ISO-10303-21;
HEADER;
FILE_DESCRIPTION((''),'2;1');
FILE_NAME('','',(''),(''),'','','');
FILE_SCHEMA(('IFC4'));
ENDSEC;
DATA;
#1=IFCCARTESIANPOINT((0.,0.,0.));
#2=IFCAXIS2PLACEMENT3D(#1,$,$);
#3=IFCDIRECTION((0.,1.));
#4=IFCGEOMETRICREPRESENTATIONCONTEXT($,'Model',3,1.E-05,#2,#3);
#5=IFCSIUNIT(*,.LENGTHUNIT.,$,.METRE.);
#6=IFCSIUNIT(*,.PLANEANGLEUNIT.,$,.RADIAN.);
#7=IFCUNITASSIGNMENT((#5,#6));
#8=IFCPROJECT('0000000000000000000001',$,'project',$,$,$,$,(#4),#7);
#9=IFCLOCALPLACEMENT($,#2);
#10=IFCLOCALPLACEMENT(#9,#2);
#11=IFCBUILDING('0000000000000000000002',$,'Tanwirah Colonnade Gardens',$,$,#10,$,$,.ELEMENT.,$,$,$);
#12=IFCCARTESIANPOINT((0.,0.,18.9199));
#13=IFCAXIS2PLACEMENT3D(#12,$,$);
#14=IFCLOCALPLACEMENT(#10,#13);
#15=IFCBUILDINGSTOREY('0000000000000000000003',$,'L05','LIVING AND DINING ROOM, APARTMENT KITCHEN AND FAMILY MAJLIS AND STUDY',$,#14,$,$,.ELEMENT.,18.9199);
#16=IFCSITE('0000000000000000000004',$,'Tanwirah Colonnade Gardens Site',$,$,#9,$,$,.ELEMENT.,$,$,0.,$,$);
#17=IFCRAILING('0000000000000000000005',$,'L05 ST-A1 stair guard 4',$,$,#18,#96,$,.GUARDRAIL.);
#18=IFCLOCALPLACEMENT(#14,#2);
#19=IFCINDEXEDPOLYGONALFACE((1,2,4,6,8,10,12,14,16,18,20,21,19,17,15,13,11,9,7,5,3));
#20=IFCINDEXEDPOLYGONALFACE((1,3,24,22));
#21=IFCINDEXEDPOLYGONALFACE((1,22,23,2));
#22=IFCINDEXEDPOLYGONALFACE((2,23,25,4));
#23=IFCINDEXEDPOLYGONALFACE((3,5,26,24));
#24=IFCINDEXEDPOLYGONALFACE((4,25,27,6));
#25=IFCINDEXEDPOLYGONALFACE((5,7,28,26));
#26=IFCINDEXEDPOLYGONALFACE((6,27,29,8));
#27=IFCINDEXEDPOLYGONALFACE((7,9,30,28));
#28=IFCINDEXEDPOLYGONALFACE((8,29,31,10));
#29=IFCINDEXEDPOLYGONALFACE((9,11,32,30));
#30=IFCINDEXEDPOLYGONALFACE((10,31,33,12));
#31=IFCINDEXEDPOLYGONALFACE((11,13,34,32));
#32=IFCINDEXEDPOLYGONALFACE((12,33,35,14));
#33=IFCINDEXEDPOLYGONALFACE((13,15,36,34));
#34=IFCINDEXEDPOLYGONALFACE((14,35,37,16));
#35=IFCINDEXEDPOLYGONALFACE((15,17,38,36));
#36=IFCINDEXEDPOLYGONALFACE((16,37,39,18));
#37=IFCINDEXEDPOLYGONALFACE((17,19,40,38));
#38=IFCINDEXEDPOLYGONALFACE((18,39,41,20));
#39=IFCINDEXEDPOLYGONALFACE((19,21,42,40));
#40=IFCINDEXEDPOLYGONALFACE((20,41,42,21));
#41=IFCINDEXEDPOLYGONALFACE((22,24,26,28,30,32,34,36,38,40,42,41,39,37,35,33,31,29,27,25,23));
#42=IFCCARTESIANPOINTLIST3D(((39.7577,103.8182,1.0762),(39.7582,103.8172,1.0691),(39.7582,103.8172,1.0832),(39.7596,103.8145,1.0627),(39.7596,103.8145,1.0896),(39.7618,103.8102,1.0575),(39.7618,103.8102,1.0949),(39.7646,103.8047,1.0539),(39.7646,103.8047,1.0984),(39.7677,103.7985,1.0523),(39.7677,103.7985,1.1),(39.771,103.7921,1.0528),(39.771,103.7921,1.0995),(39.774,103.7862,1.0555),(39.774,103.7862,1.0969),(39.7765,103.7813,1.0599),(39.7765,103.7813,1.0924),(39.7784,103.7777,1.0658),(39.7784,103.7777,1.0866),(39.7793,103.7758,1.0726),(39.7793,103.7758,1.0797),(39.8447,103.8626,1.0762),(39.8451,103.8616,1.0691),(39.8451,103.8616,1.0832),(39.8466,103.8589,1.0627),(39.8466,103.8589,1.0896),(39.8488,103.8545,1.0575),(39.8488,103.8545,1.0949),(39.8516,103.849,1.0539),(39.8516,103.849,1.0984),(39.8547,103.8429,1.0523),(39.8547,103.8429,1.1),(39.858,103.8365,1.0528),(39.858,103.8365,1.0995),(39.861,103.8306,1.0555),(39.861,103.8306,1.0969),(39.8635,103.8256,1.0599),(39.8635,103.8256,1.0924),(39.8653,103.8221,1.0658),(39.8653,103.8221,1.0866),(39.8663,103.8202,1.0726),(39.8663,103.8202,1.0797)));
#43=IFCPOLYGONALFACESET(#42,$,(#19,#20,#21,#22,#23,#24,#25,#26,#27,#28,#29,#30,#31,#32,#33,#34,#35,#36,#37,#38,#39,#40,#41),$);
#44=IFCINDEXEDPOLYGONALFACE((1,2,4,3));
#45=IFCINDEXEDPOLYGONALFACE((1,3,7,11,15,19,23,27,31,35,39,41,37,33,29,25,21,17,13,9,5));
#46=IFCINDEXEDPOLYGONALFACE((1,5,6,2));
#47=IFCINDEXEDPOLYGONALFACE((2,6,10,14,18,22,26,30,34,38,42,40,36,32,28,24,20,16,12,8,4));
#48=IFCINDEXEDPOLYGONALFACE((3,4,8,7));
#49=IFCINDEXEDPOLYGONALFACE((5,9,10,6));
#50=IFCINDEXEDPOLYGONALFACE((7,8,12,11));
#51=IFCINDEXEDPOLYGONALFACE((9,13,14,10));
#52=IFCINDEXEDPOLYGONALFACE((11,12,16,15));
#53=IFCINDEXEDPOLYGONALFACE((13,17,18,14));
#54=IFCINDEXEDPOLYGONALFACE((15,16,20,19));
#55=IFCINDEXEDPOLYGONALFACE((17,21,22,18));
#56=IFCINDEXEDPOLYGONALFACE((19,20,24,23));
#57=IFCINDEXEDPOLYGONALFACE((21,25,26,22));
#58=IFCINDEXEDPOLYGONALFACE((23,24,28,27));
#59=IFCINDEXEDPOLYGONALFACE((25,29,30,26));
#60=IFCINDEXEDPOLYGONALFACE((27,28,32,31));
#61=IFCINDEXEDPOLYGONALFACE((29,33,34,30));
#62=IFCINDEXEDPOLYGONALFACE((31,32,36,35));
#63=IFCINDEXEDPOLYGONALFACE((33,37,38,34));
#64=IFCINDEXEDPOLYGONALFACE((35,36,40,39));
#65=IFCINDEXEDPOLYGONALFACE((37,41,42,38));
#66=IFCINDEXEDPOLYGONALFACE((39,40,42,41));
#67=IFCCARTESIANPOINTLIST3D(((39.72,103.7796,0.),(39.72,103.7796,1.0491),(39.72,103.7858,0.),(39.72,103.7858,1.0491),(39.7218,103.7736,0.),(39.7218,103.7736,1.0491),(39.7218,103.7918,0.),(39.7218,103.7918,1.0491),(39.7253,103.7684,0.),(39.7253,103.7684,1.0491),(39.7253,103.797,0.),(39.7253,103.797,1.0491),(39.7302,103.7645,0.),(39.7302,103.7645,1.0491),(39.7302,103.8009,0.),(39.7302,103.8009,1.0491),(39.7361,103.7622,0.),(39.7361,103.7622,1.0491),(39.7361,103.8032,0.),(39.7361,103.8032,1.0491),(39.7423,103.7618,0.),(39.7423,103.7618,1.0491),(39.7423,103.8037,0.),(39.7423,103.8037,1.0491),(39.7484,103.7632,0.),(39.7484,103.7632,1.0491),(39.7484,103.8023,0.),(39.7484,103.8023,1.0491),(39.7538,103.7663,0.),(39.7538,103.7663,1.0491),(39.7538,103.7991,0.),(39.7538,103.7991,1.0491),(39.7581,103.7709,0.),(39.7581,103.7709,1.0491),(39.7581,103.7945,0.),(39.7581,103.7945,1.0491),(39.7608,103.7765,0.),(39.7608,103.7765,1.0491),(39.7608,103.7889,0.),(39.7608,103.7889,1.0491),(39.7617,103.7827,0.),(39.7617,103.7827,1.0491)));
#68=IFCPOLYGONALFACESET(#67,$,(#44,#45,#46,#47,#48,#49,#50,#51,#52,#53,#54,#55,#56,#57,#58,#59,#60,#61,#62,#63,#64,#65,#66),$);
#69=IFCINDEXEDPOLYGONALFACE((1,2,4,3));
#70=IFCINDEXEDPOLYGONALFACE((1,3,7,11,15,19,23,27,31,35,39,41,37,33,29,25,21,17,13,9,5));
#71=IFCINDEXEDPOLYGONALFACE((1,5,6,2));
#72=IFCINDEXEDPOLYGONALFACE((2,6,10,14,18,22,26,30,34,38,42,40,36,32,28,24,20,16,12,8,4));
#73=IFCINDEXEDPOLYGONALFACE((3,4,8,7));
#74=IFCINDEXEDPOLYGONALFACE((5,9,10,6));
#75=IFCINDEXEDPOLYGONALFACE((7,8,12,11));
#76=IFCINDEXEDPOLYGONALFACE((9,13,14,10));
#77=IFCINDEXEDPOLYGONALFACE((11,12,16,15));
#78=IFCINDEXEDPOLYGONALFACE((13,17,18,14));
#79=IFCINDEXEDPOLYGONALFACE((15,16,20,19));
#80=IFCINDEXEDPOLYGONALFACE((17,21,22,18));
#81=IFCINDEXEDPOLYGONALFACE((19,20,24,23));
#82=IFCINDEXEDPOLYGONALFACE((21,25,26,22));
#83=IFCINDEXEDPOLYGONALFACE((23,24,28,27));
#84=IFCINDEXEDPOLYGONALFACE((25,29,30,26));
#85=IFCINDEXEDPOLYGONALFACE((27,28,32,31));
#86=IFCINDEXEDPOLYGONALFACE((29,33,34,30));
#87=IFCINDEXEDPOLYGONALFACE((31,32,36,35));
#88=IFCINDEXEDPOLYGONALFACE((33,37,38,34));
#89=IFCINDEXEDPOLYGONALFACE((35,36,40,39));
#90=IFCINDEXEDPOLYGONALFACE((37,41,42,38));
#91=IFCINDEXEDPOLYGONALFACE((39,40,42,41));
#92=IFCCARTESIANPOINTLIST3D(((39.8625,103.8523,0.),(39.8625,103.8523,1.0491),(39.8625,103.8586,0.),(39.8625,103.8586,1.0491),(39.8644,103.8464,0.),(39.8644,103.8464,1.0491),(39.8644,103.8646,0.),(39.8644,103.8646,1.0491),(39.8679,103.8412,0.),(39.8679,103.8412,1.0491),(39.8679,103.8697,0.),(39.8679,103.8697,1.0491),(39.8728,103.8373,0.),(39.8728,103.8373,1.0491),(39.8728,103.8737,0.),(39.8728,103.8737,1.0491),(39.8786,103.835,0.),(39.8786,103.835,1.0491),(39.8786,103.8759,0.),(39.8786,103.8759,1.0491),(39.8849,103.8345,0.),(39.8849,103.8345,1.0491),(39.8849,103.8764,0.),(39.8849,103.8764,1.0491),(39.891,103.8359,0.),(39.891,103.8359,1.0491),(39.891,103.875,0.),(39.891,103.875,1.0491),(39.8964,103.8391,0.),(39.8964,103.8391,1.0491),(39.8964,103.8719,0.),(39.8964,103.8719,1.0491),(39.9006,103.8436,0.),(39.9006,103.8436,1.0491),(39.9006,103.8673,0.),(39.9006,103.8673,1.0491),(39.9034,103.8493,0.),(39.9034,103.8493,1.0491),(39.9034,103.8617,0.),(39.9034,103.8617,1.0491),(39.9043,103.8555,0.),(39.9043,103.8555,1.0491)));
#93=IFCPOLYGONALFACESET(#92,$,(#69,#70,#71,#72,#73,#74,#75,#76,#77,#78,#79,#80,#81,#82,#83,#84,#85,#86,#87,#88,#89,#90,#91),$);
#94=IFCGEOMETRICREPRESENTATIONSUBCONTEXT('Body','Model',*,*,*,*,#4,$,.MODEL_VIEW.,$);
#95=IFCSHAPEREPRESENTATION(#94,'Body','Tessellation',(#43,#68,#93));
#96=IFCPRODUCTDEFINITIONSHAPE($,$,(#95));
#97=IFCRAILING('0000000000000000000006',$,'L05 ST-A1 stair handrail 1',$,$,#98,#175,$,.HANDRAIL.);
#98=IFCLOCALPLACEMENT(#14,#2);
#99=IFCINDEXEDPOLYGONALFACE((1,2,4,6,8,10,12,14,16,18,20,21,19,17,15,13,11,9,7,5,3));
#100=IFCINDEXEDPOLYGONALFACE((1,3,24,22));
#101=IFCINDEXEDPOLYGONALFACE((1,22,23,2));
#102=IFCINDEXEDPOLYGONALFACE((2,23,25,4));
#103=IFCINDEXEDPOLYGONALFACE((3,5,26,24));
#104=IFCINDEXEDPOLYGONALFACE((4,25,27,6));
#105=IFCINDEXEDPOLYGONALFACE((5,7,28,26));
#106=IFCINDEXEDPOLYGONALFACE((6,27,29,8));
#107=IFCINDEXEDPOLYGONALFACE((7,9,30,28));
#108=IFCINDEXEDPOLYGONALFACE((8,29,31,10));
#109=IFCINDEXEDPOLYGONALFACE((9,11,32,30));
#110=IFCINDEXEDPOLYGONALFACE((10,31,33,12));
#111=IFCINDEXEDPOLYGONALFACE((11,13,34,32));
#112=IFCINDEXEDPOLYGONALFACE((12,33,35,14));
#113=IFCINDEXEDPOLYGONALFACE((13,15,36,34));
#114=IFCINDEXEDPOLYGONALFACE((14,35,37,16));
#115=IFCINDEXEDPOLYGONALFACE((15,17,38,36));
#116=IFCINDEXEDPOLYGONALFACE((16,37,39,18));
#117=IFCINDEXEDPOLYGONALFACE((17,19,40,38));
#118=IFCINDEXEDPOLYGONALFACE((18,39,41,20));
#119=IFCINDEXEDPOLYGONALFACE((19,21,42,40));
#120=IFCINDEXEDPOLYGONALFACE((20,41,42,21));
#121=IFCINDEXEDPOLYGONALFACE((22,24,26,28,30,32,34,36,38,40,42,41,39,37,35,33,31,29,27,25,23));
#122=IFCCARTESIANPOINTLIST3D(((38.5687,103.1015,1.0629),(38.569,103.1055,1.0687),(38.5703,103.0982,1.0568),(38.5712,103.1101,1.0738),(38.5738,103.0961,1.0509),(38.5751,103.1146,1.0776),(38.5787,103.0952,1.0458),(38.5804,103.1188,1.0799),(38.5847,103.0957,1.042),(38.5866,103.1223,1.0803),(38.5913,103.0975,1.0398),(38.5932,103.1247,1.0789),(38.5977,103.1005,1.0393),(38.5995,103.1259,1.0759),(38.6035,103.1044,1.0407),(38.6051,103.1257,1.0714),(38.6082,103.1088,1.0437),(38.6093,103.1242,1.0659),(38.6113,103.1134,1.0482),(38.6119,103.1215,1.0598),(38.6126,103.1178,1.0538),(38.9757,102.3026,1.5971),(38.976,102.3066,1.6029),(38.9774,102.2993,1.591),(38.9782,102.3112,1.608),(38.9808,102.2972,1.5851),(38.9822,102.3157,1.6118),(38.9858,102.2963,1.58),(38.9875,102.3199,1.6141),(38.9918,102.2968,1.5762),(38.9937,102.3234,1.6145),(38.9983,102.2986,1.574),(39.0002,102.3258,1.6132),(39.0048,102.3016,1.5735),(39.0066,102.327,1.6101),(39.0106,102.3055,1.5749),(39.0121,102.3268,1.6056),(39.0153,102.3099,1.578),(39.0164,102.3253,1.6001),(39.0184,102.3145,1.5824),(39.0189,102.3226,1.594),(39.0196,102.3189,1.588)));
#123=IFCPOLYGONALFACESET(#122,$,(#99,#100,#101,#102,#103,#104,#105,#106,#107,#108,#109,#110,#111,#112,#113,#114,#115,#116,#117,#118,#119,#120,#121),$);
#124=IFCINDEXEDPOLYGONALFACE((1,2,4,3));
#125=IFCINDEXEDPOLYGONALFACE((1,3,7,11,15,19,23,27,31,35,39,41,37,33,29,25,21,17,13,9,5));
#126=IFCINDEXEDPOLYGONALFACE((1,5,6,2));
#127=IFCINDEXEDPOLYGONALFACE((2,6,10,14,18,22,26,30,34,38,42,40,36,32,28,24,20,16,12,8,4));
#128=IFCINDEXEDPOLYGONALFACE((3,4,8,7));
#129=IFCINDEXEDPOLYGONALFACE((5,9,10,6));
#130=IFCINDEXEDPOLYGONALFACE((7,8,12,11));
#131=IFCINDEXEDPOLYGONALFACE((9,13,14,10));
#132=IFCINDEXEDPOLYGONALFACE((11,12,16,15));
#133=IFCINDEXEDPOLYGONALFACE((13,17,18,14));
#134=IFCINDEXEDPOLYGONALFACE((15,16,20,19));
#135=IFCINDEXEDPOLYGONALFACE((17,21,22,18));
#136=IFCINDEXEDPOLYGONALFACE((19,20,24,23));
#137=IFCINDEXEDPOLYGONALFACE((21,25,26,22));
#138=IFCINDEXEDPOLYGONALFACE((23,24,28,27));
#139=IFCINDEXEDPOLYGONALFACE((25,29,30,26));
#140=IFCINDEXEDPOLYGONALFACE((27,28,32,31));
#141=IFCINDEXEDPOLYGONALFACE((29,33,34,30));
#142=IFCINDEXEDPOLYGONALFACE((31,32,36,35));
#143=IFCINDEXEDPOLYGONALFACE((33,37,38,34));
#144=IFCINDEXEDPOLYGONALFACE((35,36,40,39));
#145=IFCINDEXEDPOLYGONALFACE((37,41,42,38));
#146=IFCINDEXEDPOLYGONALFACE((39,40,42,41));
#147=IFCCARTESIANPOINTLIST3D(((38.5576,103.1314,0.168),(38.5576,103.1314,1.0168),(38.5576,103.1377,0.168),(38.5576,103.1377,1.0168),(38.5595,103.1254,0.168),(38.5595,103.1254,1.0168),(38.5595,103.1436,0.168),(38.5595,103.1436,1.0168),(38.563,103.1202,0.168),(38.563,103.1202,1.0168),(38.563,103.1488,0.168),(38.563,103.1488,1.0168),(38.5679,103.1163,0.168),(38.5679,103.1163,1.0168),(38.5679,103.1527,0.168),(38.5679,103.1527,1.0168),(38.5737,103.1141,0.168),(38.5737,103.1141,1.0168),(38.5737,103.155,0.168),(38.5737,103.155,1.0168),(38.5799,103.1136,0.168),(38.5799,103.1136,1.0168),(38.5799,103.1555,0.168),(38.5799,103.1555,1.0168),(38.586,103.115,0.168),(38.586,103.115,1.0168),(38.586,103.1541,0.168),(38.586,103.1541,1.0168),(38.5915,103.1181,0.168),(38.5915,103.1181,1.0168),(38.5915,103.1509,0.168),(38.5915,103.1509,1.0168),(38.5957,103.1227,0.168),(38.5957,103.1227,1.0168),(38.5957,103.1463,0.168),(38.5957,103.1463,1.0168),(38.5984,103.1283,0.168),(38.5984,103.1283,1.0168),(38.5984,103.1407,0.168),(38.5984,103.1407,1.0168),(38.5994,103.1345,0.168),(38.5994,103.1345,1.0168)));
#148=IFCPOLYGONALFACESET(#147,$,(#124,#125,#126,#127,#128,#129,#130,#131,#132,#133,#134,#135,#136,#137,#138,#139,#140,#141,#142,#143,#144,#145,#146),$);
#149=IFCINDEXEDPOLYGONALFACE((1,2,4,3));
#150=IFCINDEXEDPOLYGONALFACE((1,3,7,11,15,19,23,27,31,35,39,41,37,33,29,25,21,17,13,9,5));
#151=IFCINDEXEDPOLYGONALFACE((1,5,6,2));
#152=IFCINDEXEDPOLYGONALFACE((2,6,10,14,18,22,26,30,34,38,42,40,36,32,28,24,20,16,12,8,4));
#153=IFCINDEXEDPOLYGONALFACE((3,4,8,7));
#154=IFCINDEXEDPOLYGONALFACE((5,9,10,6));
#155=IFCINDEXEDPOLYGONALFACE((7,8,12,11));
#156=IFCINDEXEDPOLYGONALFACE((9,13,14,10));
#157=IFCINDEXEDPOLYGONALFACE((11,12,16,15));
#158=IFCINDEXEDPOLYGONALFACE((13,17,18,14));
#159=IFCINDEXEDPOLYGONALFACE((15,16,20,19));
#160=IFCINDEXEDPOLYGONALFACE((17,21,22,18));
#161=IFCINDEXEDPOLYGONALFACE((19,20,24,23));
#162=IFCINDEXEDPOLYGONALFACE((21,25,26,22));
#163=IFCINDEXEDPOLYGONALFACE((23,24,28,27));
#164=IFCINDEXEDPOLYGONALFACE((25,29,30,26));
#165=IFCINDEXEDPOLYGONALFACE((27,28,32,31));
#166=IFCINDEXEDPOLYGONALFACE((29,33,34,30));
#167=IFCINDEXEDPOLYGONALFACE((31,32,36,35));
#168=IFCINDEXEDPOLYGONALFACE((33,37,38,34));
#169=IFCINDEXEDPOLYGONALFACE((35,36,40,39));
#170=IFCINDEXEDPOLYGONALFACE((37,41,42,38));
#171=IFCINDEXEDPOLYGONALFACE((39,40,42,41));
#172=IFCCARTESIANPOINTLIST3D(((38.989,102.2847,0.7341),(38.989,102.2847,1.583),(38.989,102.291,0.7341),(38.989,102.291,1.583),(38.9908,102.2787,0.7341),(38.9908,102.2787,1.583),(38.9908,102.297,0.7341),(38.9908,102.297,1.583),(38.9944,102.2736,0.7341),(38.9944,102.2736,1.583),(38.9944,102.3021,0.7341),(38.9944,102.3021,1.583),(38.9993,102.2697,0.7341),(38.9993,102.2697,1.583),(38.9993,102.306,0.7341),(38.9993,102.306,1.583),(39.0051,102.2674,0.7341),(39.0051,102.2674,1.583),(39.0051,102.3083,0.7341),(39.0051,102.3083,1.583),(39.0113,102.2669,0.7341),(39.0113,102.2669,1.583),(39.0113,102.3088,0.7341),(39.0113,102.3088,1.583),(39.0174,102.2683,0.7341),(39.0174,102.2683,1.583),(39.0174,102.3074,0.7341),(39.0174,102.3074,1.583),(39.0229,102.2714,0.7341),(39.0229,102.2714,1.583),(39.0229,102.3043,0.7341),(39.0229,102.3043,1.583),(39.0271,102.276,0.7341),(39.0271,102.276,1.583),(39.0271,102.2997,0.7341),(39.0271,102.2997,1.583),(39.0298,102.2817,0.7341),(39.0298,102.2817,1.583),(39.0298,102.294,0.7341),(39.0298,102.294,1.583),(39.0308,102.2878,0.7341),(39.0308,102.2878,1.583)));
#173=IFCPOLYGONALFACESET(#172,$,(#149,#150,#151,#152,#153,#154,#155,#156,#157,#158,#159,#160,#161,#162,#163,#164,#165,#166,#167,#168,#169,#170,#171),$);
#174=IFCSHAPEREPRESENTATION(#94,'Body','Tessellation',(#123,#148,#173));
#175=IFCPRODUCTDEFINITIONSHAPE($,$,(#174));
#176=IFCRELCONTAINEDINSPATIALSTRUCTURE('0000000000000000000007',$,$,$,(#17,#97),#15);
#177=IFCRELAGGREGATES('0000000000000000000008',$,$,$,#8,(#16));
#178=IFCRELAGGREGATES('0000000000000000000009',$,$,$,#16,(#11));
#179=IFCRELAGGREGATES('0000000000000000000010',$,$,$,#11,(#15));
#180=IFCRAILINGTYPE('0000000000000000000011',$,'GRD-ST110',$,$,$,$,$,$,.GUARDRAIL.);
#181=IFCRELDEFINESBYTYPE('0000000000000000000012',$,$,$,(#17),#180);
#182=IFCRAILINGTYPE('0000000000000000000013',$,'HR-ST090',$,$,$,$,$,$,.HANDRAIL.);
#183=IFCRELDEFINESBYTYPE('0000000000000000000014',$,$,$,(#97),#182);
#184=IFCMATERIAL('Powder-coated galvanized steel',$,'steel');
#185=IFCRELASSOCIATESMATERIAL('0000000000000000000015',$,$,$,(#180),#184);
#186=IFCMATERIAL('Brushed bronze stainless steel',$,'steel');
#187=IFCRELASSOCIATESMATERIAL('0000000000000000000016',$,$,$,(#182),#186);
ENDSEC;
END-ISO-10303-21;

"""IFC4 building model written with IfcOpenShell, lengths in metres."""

from ifc_helpers import new_model, si_unit, direction, frame, origin, origin_2d, place, context, subcontext, project, spatial, circle, extrude, material, type_object, element, save


model = new_model("IFC4")

# Units and contexts
model_context = context("Model", 3, precision=1e-05, world=origin(), true_north=direction((0.0, 1.0)))
body_context = subcontext(model_context, "Body", "Model", "MODEL_VIEW")
ifc_project = project(units=[si_unit("LENGTHUNIT", "METRE"), si_unit("PLANEANGLEUNIT", "RADIAN")], contexts=[model_context])

# Site, building, storey
site_placement = place(None, origin())
site = spatial("IfcSite", under=ifc_project, at=site_placement, Name="Tanwirah Colonnade Gardens Site", CompositionType="ELEMENT", RefElevation=0.0)
building_placement = place(site_placement, origin())
building = spatial("IfcBuilding", under=site, at=building_placement, Name="Tanwirah Colonnade Gardens", CompositionType="ELEMENT")
storey_placement = place(building_placement, frame((0.0, 0.0, 18.9199)))
storey = spatial("IfcBuildingStorey", under=building, at=storey_placement, Name="L05", Description="LIVING AND DINING ROOM, APARTMENT KITCHEN AND FAMILY MAJLIS AND STUDY", CompositionType="ELEMENT", Elevation=18.9199)

# Railings
ifc_material_1 = material(Name="Powder-coated galvanized steel", Category="steel")
railing_type_1 = type_object("IfcRailingType", Name="GRD-ST110", PredefinedType="GUARDRAIL", material=ifc_material_1)
railing_1_placement = place(storey_placement, frame((39.7407, 103.7827, 0.0)))
element("IfcRailing", 1, at=railing_1_placement, inside=storey, type_object=railing_type_1, Name="L05 ST-A1 stair guard 4", PredefinedType="GUARDRAIL", context=body_context, shape_type="SweptSolid", body=[
    extrude(circle(Radius=0.0239, at=origin_2d()), frame((0.0278, 0.0142, 1.0762), z_axis=(0.890737, 0.45452, 0.0), x_axis=(-0.45452, 0.890737, 0.0)), (0.0, 0.0, 1.0), 0.0977),
    extrude(circle(Radius=0.021, at=origin_2d()), origin(), (0.0, 0.0, 1.0), 1.0491),
    extrude(circle(Radius=0.021, at=origin_2d()), frame((0.1426, 0.0728, 0.0)), (0.0, 0.0, 1.0), 1.0491),
])
ifc_material_2 = material(Name="Brushed bronze stainless steel", Category="steel")
railing_type_2 = type_object("IfcRailingType", Name="HR-ST090", PredefinedType="HANDRAIL", material=ifc_material_2)
railing_2_placement = place(storey_placement, frame((38.5784, 103.1345, 0.168)))
element("IfcRailing", 2, at=railing_2_placement, inside=storey, type_object=railing_type_2, Name="L05 ST-A1 stair handrail 1", PredefinedType="HANDRAIL", context=body_context, shape_type="SweptSolid", body=[
    extrude(circle(Radius=0.0239, at=origin_2d()), frame((0.0122, -0.0239, 0.8918), z_axis=(0.390008, -0.765448, 0.511844), x_axis=(0.89101, 0.453984, 0.0)), (0.0, 0.0, 1.0), 1.0437),
    extrude(circle(Radius=0.021, at=origin_2d()), origin(), (0.0, 0.0, 1.0), 0.8489),
    extrude(circle(Radius=0.021, at=origin_2d()), frame((0.4314, -0.8467, 0.5662)), (0.0, 0.0, 1.0), 0.8489),
])

save(model, "model.ifc")
